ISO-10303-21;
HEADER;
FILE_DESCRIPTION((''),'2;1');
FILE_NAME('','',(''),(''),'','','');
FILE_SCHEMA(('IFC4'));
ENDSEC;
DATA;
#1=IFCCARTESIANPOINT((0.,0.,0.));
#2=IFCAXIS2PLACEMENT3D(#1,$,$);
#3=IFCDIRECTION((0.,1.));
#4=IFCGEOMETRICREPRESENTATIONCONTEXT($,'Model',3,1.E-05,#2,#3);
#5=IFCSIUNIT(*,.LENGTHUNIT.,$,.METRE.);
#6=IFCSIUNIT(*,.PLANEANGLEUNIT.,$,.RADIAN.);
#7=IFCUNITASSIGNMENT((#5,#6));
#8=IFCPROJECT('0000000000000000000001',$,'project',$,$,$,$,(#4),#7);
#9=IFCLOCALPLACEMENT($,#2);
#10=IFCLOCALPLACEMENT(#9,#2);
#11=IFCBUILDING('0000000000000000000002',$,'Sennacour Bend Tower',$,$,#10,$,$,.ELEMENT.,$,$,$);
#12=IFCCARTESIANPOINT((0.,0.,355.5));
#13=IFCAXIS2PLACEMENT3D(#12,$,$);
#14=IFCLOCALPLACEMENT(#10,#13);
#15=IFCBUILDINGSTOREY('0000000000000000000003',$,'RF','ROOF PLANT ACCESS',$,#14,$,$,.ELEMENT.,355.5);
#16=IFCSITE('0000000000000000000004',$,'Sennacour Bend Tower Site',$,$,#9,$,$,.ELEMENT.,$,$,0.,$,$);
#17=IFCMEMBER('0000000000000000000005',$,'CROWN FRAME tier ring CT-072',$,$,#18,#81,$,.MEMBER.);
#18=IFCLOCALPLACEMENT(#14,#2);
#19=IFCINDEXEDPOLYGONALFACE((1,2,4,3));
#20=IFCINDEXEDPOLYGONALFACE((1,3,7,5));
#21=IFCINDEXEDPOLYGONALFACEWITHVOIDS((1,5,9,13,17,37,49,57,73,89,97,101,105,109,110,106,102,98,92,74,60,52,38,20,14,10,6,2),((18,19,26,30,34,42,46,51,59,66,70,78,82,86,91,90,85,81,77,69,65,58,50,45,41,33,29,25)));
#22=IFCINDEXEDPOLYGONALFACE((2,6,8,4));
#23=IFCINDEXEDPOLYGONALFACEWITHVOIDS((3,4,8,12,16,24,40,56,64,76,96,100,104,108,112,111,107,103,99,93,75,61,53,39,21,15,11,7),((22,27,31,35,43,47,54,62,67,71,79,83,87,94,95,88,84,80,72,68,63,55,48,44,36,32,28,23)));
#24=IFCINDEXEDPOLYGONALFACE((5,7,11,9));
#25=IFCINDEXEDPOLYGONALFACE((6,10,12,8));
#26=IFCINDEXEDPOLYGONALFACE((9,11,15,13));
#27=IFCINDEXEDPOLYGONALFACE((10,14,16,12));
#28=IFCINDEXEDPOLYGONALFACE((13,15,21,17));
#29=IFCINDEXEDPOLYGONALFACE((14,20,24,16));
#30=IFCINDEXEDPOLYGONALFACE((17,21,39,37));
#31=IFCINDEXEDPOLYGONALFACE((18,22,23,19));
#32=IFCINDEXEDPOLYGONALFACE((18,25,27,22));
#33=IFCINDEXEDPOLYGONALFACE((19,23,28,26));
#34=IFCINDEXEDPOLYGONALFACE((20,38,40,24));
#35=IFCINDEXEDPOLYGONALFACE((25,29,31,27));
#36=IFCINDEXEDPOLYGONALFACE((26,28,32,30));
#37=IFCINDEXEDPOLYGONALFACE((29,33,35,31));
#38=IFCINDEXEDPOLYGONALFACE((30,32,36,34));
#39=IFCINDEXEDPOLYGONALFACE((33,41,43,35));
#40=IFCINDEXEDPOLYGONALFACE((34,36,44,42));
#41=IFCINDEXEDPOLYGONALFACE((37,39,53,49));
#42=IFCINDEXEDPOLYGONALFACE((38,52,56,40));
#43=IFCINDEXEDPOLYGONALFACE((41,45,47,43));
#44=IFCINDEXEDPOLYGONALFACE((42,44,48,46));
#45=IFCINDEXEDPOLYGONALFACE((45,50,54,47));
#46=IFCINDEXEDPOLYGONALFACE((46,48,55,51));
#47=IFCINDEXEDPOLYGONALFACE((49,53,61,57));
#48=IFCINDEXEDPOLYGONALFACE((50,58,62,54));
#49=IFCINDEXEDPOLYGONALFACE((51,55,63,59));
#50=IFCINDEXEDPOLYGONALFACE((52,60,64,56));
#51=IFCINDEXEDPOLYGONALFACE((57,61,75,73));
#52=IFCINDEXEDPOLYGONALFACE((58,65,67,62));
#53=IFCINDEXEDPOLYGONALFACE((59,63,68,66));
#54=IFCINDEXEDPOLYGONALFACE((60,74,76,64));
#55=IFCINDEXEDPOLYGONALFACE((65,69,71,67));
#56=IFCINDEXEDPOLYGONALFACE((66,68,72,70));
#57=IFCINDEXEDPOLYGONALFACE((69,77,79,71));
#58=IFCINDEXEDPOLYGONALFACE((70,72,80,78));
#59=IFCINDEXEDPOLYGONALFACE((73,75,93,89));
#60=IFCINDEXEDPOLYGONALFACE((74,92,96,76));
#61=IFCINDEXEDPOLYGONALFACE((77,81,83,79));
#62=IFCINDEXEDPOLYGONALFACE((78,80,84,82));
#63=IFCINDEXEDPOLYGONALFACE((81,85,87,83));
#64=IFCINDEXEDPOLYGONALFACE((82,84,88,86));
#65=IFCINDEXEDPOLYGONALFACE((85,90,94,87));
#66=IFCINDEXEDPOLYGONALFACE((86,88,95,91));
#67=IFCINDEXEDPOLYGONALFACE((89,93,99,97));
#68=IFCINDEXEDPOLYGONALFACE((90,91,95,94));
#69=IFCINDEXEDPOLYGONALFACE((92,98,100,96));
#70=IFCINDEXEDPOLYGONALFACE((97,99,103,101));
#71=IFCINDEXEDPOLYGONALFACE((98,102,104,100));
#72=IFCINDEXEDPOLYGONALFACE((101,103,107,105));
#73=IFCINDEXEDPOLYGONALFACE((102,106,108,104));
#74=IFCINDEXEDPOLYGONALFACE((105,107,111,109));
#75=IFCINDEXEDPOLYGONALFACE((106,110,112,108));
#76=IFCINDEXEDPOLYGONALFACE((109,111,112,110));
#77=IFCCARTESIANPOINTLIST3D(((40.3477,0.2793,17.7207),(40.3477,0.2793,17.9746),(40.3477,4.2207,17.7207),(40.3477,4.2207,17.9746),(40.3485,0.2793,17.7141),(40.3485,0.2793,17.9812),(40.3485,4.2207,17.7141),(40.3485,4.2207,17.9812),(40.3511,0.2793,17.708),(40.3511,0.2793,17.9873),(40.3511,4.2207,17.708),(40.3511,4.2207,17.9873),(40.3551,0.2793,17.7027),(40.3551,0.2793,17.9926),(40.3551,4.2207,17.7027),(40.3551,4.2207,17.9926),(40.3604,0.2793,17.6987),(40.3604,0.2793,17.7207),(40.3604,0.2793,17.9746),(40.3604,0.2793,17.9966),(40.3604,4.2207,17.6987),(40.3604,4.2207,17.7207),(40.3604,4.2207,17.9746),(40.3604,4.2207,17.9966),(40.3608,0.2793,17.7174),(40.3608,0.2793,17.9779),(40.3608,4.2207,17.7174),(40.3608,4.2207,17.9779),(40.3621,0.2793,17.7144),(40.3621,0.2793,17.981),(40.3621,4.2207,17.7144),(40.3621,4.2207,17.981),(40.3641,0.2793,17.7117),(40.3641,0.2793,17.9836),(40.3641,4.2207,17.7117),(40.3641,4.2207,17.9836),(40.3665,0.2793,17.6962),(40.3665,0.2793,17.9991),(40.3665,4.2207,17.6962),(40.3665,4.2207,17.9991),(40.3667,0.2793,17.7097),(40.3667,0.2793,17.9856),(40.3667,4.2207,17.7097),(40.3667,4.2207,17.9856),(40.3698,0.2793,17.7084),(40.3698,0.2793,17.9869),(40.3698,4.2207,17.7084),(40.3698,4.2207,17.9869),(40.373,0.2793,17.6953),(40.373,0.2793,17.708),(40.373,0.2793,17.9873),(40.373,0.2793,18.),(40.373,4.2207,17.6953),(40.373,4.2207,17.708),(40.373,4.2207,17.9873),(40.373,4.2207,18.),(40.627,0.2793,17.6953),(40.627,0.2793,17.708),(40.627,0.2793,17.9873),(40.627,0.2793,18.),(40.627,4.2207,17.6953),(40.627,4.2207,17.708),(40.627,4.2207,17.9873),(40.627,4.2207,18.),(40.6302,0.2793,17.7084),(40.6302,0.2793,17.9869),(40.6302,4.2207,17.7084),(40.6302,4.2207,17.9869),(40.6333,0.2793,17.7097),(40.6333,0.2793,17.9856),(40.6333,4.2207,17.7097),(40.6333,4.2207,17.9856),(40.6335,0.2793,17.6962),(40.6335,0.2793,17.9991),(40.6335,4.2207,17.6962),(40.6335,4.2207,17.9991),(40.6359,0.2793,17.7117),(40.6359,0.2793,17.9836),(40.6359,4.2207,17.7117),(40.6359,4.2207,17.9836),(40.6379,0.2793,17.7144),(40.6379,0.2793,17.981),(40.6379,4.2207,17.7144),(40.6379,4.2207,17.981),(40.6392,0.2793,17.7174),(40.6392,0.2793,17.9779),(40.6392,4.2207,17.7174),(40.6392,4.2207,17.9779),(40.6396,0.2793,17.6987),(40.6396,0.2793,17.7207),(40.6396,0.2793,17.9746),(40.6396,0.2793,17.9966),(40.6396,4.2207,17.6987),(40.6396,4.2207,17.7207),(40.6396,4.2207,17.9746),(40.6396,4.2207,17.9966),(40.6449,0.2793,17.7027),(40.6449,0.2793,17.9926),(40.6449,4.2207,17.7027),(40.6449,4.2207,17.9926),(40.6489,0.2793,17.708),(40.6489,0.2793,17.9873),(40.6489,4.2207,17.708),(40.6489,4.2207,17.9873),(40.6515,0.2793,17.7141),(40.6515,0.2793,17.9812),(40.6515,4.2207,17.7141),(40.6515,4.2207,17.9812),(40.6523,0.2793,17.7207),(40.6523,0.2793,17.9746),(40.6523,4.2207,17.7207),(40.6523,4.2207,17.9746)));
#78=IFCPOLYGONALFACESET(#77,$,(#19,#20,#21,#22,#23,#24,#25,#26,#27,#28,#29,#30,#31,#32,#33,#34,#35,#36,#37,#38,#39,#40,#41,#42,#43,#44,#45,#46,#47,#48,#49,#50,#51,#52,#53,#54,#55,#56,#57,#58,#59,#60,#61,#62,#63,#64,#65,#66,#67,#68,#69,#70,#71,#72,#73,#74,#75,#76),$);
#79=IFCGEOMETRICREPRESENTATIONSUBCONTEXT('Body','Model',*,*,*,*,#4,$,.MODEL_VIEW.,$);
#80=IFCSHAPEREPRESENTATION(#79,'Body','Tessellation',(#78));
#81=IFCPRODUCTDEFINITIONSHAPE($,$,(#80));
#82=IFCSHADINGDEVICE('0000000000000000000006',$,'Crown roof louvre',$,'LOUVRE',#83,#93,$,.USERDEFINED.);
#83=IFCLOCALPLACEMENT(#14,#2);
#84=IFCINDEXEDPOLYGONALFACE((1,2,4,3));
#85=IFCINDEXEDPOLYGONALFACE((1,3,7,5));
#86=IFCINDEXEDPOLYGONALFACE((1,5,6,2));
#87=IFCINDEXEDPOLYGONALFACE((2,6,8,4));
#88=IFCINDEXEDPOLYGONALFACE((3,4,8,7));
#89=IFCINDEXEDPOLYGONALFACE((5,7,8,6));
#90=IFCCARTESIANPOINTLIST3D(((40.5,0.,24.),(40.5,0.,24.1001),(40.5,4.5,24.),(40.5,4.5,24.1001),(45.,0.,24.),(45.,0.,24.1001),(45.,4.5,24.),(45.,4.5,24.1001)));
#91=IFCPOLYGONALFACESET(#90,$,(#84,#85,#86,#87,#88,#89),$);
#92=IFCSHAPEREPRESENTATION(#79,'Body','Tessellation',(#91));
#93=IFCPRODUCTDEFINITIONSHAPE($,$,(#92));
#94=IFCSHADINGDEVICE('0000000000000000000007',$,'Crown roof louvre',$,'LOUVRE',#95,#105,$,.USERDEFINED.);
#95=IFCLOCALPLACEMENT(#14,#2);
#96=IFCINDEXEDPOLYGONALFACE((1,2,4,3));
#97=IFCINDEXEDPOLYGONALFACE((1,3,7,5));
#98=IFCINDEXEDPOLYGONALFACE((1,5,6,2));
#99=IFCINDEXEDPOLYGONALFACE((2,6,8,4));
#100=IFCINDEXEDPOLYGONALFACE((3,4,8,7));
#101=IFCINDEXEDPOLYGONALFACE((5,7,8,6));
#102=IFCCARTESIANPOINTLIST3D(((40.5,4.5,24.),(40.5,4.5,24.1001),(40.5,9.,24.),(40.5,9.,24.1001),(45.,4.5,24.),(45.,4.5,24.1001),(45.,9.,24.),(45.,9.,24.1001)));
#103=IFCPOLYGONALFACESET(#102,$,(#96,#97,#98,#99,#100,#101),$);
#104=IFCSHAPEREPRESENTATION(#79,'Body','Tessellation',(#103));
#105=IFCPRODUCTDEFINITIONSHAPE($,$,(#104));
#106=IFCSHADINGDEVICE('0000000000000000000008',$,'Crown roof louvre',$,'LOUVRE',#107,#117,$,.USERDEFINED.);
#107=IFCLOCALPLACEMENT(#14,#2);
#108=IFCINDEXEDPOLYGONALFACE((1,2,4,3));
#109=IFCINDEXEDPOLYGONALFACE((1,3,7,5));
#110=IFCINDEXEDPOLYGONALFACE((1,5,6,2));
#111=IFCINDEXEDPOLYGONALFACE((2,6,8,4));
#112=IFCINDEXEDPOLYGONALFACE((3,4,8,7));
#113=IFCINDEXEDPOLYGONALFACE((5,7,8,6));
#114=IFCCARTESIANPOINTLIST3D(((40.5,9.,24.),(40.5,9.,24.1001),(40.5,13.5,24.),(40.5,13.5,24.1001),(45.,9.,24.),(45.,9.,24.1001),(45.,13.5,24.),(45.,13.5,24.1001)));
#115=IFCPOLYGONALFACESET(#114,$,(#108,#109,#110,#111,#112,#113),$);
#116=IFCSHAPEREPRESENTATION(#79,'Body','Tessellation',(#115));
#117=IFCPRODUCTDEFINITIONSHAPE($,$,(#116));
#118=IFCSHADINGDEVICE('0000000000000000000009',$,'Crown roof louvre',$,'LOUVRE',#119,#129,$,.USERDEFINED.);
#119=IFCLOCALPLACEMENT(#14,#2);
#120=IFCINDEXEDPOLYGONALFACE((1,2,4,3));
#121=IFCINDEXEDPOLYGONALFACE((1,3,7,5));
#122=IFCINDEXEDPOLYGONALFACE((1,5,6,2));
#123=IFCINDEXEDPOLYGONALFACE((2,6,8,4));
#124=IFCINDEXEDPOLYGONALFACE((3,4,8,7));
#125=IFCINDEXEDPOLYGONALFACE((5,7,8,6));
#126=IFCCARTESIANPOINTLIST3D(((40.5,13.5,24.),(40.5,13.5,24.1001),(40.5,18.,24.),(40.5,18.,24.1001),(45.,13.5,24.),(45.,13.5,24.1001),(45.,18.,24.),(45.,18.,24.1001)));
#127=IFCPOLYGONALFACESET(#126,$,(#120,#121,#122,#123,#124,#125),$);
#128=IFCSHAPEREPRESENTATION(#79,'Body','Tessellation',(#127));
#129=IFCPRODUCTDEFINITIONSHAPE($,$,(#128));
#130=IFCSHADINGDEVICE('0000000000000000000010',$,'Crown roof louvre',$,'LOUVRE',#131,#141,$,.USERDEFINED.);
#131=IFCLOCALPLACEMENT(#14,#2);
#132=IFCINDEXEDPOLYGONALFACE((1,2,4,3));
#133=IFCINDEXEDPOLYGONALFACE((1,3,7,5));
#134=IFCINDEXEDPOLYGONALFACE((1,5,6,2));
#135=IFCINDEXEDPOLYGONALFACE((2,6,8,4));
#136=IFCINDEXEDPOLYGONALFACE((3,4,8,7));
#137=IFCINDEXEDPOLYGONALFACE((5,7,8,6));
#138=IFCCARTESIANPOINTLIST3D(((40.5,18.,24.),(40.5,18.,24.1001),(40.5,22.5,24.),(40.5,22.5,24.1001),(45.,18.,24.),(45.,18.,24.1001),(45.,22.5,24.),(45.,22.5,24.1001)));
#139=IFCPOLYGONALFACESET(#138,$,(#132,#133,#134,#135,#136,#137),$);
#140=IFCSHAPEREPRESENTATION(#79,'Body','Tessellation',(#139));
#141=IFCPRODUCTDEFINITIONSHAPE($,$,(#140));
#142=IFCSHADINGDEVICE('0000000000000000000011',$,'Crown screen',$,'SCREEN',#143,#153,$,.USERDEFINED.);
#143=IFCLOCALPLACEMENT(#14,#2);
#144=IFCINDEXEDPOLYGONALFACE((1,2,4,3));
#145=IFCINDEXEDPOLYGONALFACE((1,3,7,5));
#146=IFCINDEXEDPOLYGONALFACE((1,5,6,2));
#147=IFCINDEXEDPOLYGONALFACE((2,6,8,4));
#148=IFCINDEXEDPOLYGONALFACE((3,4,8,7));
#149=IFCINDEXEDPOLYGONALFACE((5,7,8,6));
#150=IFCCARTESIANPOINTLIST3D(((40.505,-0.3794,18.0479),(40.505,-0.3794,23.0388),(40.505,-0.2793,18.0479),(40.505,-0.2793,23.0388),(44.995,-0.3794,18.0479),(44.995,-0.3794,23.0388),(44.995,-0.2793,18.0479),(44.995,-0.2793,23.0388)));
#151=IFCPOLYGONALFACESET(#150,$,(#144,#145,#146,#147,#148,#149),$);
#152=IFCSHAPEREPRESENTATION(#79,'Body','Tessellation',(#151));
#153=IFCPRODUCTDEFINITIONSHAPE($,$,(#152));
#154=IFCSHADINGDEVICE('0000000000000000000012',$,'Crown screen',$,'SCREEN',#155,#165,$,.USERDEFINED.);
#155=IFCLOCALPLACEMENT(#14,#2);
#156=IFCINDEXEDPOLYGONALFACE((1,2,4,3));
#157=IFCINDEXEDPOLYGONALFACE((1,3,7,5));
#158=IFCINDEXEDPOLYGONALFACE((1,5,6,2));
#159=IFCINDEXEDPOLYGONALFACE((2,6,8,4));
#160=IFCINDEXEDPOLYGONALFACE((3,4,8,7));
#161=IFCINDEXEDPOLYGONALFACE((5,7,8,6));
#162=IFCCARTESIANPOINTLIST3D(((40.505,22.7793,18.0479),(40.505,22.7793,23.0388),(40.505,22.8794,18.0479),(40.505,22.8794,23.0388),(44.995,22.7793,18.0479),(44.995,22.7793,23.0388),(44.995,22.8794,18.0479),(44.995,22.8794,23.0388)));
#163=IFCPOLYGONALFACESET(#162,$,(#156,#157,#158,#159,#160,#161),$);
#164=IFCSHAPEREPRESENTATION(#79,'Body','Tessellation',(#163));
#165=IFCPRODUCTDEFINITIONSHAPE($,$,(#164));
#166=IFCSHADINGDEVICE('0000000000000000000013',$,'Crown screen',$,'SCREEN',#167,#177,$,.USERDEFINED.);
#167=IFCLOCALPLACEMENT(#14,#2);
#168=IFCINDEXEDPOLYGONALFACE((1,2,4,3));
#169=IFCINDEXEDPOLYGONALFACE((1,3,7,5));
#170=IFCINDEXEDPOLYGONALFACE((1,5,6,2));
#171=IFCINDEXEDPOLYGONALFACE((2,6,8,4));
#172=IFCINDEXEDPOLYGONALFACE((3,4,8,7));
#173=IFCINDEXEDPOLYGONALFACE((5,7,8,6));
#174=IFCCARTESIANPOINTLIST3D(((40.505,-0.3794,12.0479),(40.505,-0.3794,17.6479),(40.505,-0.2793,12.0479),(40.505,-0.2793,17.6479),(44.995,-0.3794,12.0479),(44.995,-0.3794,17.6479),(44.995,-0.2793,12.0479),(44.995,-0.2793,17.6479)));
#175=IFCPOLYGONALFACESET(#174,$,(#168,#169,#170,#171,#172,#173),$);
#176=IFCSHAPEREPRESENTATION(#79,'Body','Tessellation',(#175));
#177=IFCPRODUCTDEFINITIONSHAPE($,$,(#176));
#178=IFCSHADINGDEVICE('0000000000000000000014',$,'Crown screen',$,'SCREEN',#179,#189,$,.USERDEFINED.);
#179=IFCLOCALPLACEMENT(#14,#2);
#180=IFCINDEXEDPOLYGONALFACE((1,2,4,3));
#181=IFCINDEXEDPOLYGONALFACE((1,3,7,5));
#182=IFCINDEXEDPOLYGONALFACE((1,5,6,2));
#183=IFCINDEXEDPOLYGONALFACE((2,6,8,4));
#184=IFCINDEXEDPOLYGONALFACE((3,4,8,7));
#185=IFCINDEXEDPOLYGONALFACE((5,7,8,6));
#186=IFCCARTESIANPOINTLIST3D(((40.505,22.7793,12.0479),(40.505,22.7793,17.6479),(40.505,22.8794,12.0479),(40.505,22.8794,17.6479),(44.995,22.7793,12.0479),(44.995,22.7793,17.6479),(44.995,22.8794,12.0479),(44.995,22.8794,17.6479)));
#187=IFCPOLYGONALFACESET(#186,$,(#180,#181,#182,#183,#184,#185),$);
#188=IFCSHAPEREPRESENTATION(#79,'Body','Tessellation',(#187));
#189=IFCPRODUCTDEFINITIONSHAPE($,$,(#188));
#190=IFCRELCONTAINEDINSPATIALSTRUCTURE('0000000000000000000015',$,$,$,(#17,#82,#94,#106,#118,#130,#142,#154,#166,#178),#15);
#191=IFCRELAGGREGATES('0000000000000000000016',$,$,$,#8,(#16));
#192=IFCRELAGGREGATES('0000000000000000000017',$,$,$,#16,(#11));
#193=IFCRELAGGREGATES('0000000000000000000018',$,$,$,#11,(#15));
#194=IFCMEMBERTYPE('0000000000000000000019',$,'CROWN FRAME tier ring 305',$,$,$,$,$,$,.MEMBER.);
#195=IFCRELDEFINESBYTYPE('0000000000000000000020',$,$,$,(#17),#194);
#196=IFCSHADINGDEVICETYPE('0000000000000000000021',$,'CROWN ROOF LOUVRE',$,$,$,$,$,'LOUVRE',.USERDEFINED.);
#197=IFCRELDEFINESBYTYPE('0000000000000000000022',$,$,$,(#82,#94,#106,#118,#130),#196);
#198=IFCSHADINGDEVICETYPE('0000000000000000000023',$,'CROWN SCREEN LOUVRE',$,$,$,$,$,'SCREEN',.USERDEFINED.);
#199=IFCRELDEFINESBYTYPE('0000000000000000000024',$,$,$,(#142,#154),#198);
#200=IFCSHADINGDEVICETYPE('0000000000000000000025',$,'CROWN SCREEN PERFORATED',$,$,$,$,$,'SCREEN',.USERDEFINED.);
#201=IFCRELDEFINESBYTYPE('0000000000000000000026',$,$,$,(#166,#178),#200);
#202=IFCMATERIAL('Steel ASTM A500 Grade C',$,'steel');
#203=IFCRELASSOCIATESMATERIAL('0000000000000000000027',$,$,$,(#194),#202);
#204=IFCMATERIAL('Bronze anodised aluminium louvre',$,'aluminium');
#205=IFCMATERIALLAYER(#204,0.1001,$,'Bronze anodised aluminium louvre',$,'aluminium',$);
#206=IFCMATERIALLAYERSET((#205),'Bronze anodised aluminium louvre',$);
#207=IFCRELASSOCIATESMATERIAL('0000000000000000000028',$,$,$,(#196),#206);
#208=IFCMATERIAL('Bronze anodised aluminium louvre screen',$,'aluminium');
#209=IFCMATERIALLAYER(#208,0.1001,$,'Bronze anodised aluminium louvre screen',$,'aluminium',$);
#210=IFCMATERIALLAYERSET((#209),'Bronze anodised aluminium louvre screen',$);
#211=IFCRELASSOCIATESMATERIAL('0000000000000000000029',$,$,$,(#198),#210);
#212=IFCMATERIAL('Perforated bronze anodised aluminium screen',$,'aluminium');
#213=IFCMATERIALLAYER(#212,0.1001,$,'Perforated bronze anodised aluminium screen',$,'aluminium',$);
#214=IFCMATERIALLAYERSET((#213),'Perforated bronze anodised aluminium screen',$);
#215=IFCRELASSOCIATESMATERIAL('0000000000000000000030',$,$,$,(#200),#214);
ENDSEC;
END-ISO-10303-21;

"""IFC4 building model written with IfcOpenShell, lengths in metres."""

from ifc_helpers import new_model, si_unit, direction, frame, origin, origin_2d, place, context, subcontext, project, spatial, rectangle, hollow_rectangle, extrude, material, layer, layer_set, material_profile, profile_set, type_object, element, save


model = new_model("IFC4")

# Units and contexts
model_context = context("Model", 3, precision=1e-05, world=origin(), true_north=direction((0.0, 1.0)))
body_context = subcontext(model_context, "Body", "Model", "MODEL_VIEW")
ifc_project = project(units=[si_unit("LENGTHUNIT", "METRE"), si_unit("PLANEANGLEUNIT", "RADIAN")], contexts=[model_context])

# Site, building, storey
site_placement = place(None, origin())
site = spatial("IfcSite", under=ifc_project, at=site_placement, Name="Sennacour Bend Tower Site", CompositionType="ELEMENT", RefElevation=0.0)
building_placement = place(site_placement, origin())
building = spatial("IfcBuilding", under=site, at=building_placement, Name="Sennacour Bend Tower", CompositionType="ELEMENT")
storey_placement = place(building_placement, frame((0.0, 0.0, 355.5)))
storey = spatial("IfcBuildingStorey", under=building, at=storey_placement, Name="RF", Description="ROOF PLANT ACCESS", CompositionType="ELEMENT", Elevation=355.5)

# Shared definitions
ifc_material_1 = material(Name="Steel ASTM A500 Grade C", Category="steel")

# Member
ifc_material_profile_1 = material_profile(ifc_material_1, hollow_rectangle(XDim=0.3047, YDim=0.3047, WallThickness=0.0127, InnerFilletRadius=0.0127, OuterFilletRadius=0.0254, at=origin_2d()), Name="Steel ASTM A500 Grade C", Category="steel")
ifc_profile_set_1 = profile_set([ifc_material_profile_1], Name="Steel ASTM A500 Grade C")
member_type_1 = type_object("IfcMemberType", Name="CROWN FRAME tier ring 305", PredefinedType="MEMBER", material=ifc_profile_set_1)
for number, where, z_axis, x_axis, name in (
    (1, (40.5, 4.2207, 17.8477), (0.0, -1.0, 0.0), (1.0, 0.0, 0.0), "CROWN FRAME tier ring CT-072"),
):
    element("IfcMember", number, at=place(storey_placement, frame(where, z_axis=z_axis, x_axis=x_axis)), inside=storey, type_object=member_type_1, Name=name, PredefinedType="MEMBER", context=body_context, shape_type="SweptSolid", body=[
        extrude(hollow_rectangle(XDim=0.3047, YDim=0.3047, WallThickness=0.0127, InnerFilletRadius=0.0127, OuterFilletRadius=0.0254, at=origin_2d()), origin(), (0.0, 0.0, 1.0), 3.9414),
    ])

# Shading devices
ifc_material_2 = material(Name="Bronze anodised aluminium louvre", Category="aluminium")
ifc_layer_1 = layer(ifc_material_2, 0.1001, Name="Bronze anodised aluminium louvre", Category="aluminium")
ifc_layer_set_1 = layer_set([ifc_layer_1], Name="Bronze anodised aluminium louvre")
shading_device_type_1 = type_object("IfcShadingDeviceType", Name="CROWN ROOF LOUVRE", ElementType="LOUVRE", PredefinedType="USERDEFINED", material=ifc_layer_set_1)
for number, where, z_axis, x_axis, name in (
    (2, (42.75, 2.25, 24.0), (0.0, 0.0, 1.0), (1.0, 0.0, 0.0), "Crown roof louvre"),
    (3, (42.75, 6.75, 24.0), (0.0, 0.0, 1.0), (1.0, 0.0, 0.0), "Crown roof louvre"),
    (4, (42.75, 11.25, 24.0), (0.0, 0.0, 1.0), (1.0, 0.0, 0.0), "Crown roof louvre"),
    (5, (42.75, 15.75, 24.0), (0.0, 0.0, 1.0), (1.0, 0.0, 0.0), "Crown roof louvre"),
    (6, (42.75, 20.25, 24.0), (0.0, 0.0, 1.0), (1.0, 0.0, 0.0), "Crown roof louvre"),
):
    element("IfcShadingDevice", number, at=place(storey_placement, frame(where, z_axis=z_axis, x_axis=x_axis)), inside=storey, type_object=shading_device_type_1, Name=name, ObjectType="LOUVRE", PredefinedType="USERDEFINED", context=body_context, shape_type="SweptSolid", body=[
        extrude(rectangle(XDim=4.5, YDim=4.5, at=origin_2d()), origin(), (0.0, 0.0, 1.0), 0.1001),
    ])
ifc_material_3 = material(Name="Bronze anodised aluminium louvre screen", Category="aluminium")
ifc_layer_2 = layer(ifc_material_3, 0.1001, Name="Bronze anodised aluminium louvre screen", Category="aluminium")
ifc_layer_set_2 = layer_set([ifc_layer_2], Name="Bronze anodised aluminium louvre screen")
shading_device_type_2 = type_object("IfcShadingDeviceType", Name="CROWN SCREEN LOUVRE", ElementType="SCREEN", PredefinedType="USERDEFINED", material=ifc_layer_set_2)
for number, where, z_axis, x_axis, name in (
    (7, (42.75, -0.3293, 18.0479), (0.0, 0.0, 1.0), (1.0, 0.0, 0.0), "Crown screen"),
    (8, (42.75, 22.8293, 18.0479), (0.0, 0.0, 1.0), (1.0, 0.0, 0.0), "Crown screen"),
):
    element("IfcShadingDevice", number, at=place(storey_placement, frame(where, z_axis=z_axis, x_axis=x_axis)), inside=storey, type_object=shading_device_type_2, Name=name, ObjectType="SCREEN", PredefinedType="USERDEFINED", context=body_context, shape_type="SweptSolid", body=[
        extrude(rectangle(XDim=4.49, YDim=0.1001, at=origin_2d()), origin(), (0.0, 0.0, 1.0), 4.991),
    ])
ifc_material_4 = material(Name="Perforated bronze anodised aluminium screen", Category="aluminium")
ifc_layer_3 = layer(ifc_material_4, 0.1001, Name="Perforated bronze anodised aluminium screen", Category="aluminium")
ifc_layer_set_3 = layer_set([ifc_layer_3], Name="Perforated bronze anodised aluminium screen")
shading_device_type_3 = type_object("IfcShadingDeviceType", Name="CROWN SCREEN PERFORATED", ElementType="SCREEN", PredefinedType="USERDEFINED", material=ifc_layer_set_3)
for number, where, z_axis, x_axis, name in (
    (9, (42.75, -0.3293, 12.0479), (0.0, 0.0, 1.0), (1.0, 0.0, 0.0), "Crown screen"),
    (10, (42.75, 22.8293, 12.0479), (0.0, 0.0, 1.0), (1.0, 0.0, 0.0), "Crown screen"),
):
    element("IfcShadingDevice", number, at=place(storey_placement, frame(where, z_axis=z_axis, x_axis=x_axis)), inside=storey, type_object=shading_device_type_3, Name=name, ObjectType="SCREEN", PredefinedType="USERDEFINED", context=body_context, shape_type="SweptSolid", body=[
        extrude(rectangle(XDim=4.49, YDim=0.1001, at=origin_2d()), origin(), (0.0, 0.0, 1.0), 5.6001),
    ])

save(model, "model.ifc")
